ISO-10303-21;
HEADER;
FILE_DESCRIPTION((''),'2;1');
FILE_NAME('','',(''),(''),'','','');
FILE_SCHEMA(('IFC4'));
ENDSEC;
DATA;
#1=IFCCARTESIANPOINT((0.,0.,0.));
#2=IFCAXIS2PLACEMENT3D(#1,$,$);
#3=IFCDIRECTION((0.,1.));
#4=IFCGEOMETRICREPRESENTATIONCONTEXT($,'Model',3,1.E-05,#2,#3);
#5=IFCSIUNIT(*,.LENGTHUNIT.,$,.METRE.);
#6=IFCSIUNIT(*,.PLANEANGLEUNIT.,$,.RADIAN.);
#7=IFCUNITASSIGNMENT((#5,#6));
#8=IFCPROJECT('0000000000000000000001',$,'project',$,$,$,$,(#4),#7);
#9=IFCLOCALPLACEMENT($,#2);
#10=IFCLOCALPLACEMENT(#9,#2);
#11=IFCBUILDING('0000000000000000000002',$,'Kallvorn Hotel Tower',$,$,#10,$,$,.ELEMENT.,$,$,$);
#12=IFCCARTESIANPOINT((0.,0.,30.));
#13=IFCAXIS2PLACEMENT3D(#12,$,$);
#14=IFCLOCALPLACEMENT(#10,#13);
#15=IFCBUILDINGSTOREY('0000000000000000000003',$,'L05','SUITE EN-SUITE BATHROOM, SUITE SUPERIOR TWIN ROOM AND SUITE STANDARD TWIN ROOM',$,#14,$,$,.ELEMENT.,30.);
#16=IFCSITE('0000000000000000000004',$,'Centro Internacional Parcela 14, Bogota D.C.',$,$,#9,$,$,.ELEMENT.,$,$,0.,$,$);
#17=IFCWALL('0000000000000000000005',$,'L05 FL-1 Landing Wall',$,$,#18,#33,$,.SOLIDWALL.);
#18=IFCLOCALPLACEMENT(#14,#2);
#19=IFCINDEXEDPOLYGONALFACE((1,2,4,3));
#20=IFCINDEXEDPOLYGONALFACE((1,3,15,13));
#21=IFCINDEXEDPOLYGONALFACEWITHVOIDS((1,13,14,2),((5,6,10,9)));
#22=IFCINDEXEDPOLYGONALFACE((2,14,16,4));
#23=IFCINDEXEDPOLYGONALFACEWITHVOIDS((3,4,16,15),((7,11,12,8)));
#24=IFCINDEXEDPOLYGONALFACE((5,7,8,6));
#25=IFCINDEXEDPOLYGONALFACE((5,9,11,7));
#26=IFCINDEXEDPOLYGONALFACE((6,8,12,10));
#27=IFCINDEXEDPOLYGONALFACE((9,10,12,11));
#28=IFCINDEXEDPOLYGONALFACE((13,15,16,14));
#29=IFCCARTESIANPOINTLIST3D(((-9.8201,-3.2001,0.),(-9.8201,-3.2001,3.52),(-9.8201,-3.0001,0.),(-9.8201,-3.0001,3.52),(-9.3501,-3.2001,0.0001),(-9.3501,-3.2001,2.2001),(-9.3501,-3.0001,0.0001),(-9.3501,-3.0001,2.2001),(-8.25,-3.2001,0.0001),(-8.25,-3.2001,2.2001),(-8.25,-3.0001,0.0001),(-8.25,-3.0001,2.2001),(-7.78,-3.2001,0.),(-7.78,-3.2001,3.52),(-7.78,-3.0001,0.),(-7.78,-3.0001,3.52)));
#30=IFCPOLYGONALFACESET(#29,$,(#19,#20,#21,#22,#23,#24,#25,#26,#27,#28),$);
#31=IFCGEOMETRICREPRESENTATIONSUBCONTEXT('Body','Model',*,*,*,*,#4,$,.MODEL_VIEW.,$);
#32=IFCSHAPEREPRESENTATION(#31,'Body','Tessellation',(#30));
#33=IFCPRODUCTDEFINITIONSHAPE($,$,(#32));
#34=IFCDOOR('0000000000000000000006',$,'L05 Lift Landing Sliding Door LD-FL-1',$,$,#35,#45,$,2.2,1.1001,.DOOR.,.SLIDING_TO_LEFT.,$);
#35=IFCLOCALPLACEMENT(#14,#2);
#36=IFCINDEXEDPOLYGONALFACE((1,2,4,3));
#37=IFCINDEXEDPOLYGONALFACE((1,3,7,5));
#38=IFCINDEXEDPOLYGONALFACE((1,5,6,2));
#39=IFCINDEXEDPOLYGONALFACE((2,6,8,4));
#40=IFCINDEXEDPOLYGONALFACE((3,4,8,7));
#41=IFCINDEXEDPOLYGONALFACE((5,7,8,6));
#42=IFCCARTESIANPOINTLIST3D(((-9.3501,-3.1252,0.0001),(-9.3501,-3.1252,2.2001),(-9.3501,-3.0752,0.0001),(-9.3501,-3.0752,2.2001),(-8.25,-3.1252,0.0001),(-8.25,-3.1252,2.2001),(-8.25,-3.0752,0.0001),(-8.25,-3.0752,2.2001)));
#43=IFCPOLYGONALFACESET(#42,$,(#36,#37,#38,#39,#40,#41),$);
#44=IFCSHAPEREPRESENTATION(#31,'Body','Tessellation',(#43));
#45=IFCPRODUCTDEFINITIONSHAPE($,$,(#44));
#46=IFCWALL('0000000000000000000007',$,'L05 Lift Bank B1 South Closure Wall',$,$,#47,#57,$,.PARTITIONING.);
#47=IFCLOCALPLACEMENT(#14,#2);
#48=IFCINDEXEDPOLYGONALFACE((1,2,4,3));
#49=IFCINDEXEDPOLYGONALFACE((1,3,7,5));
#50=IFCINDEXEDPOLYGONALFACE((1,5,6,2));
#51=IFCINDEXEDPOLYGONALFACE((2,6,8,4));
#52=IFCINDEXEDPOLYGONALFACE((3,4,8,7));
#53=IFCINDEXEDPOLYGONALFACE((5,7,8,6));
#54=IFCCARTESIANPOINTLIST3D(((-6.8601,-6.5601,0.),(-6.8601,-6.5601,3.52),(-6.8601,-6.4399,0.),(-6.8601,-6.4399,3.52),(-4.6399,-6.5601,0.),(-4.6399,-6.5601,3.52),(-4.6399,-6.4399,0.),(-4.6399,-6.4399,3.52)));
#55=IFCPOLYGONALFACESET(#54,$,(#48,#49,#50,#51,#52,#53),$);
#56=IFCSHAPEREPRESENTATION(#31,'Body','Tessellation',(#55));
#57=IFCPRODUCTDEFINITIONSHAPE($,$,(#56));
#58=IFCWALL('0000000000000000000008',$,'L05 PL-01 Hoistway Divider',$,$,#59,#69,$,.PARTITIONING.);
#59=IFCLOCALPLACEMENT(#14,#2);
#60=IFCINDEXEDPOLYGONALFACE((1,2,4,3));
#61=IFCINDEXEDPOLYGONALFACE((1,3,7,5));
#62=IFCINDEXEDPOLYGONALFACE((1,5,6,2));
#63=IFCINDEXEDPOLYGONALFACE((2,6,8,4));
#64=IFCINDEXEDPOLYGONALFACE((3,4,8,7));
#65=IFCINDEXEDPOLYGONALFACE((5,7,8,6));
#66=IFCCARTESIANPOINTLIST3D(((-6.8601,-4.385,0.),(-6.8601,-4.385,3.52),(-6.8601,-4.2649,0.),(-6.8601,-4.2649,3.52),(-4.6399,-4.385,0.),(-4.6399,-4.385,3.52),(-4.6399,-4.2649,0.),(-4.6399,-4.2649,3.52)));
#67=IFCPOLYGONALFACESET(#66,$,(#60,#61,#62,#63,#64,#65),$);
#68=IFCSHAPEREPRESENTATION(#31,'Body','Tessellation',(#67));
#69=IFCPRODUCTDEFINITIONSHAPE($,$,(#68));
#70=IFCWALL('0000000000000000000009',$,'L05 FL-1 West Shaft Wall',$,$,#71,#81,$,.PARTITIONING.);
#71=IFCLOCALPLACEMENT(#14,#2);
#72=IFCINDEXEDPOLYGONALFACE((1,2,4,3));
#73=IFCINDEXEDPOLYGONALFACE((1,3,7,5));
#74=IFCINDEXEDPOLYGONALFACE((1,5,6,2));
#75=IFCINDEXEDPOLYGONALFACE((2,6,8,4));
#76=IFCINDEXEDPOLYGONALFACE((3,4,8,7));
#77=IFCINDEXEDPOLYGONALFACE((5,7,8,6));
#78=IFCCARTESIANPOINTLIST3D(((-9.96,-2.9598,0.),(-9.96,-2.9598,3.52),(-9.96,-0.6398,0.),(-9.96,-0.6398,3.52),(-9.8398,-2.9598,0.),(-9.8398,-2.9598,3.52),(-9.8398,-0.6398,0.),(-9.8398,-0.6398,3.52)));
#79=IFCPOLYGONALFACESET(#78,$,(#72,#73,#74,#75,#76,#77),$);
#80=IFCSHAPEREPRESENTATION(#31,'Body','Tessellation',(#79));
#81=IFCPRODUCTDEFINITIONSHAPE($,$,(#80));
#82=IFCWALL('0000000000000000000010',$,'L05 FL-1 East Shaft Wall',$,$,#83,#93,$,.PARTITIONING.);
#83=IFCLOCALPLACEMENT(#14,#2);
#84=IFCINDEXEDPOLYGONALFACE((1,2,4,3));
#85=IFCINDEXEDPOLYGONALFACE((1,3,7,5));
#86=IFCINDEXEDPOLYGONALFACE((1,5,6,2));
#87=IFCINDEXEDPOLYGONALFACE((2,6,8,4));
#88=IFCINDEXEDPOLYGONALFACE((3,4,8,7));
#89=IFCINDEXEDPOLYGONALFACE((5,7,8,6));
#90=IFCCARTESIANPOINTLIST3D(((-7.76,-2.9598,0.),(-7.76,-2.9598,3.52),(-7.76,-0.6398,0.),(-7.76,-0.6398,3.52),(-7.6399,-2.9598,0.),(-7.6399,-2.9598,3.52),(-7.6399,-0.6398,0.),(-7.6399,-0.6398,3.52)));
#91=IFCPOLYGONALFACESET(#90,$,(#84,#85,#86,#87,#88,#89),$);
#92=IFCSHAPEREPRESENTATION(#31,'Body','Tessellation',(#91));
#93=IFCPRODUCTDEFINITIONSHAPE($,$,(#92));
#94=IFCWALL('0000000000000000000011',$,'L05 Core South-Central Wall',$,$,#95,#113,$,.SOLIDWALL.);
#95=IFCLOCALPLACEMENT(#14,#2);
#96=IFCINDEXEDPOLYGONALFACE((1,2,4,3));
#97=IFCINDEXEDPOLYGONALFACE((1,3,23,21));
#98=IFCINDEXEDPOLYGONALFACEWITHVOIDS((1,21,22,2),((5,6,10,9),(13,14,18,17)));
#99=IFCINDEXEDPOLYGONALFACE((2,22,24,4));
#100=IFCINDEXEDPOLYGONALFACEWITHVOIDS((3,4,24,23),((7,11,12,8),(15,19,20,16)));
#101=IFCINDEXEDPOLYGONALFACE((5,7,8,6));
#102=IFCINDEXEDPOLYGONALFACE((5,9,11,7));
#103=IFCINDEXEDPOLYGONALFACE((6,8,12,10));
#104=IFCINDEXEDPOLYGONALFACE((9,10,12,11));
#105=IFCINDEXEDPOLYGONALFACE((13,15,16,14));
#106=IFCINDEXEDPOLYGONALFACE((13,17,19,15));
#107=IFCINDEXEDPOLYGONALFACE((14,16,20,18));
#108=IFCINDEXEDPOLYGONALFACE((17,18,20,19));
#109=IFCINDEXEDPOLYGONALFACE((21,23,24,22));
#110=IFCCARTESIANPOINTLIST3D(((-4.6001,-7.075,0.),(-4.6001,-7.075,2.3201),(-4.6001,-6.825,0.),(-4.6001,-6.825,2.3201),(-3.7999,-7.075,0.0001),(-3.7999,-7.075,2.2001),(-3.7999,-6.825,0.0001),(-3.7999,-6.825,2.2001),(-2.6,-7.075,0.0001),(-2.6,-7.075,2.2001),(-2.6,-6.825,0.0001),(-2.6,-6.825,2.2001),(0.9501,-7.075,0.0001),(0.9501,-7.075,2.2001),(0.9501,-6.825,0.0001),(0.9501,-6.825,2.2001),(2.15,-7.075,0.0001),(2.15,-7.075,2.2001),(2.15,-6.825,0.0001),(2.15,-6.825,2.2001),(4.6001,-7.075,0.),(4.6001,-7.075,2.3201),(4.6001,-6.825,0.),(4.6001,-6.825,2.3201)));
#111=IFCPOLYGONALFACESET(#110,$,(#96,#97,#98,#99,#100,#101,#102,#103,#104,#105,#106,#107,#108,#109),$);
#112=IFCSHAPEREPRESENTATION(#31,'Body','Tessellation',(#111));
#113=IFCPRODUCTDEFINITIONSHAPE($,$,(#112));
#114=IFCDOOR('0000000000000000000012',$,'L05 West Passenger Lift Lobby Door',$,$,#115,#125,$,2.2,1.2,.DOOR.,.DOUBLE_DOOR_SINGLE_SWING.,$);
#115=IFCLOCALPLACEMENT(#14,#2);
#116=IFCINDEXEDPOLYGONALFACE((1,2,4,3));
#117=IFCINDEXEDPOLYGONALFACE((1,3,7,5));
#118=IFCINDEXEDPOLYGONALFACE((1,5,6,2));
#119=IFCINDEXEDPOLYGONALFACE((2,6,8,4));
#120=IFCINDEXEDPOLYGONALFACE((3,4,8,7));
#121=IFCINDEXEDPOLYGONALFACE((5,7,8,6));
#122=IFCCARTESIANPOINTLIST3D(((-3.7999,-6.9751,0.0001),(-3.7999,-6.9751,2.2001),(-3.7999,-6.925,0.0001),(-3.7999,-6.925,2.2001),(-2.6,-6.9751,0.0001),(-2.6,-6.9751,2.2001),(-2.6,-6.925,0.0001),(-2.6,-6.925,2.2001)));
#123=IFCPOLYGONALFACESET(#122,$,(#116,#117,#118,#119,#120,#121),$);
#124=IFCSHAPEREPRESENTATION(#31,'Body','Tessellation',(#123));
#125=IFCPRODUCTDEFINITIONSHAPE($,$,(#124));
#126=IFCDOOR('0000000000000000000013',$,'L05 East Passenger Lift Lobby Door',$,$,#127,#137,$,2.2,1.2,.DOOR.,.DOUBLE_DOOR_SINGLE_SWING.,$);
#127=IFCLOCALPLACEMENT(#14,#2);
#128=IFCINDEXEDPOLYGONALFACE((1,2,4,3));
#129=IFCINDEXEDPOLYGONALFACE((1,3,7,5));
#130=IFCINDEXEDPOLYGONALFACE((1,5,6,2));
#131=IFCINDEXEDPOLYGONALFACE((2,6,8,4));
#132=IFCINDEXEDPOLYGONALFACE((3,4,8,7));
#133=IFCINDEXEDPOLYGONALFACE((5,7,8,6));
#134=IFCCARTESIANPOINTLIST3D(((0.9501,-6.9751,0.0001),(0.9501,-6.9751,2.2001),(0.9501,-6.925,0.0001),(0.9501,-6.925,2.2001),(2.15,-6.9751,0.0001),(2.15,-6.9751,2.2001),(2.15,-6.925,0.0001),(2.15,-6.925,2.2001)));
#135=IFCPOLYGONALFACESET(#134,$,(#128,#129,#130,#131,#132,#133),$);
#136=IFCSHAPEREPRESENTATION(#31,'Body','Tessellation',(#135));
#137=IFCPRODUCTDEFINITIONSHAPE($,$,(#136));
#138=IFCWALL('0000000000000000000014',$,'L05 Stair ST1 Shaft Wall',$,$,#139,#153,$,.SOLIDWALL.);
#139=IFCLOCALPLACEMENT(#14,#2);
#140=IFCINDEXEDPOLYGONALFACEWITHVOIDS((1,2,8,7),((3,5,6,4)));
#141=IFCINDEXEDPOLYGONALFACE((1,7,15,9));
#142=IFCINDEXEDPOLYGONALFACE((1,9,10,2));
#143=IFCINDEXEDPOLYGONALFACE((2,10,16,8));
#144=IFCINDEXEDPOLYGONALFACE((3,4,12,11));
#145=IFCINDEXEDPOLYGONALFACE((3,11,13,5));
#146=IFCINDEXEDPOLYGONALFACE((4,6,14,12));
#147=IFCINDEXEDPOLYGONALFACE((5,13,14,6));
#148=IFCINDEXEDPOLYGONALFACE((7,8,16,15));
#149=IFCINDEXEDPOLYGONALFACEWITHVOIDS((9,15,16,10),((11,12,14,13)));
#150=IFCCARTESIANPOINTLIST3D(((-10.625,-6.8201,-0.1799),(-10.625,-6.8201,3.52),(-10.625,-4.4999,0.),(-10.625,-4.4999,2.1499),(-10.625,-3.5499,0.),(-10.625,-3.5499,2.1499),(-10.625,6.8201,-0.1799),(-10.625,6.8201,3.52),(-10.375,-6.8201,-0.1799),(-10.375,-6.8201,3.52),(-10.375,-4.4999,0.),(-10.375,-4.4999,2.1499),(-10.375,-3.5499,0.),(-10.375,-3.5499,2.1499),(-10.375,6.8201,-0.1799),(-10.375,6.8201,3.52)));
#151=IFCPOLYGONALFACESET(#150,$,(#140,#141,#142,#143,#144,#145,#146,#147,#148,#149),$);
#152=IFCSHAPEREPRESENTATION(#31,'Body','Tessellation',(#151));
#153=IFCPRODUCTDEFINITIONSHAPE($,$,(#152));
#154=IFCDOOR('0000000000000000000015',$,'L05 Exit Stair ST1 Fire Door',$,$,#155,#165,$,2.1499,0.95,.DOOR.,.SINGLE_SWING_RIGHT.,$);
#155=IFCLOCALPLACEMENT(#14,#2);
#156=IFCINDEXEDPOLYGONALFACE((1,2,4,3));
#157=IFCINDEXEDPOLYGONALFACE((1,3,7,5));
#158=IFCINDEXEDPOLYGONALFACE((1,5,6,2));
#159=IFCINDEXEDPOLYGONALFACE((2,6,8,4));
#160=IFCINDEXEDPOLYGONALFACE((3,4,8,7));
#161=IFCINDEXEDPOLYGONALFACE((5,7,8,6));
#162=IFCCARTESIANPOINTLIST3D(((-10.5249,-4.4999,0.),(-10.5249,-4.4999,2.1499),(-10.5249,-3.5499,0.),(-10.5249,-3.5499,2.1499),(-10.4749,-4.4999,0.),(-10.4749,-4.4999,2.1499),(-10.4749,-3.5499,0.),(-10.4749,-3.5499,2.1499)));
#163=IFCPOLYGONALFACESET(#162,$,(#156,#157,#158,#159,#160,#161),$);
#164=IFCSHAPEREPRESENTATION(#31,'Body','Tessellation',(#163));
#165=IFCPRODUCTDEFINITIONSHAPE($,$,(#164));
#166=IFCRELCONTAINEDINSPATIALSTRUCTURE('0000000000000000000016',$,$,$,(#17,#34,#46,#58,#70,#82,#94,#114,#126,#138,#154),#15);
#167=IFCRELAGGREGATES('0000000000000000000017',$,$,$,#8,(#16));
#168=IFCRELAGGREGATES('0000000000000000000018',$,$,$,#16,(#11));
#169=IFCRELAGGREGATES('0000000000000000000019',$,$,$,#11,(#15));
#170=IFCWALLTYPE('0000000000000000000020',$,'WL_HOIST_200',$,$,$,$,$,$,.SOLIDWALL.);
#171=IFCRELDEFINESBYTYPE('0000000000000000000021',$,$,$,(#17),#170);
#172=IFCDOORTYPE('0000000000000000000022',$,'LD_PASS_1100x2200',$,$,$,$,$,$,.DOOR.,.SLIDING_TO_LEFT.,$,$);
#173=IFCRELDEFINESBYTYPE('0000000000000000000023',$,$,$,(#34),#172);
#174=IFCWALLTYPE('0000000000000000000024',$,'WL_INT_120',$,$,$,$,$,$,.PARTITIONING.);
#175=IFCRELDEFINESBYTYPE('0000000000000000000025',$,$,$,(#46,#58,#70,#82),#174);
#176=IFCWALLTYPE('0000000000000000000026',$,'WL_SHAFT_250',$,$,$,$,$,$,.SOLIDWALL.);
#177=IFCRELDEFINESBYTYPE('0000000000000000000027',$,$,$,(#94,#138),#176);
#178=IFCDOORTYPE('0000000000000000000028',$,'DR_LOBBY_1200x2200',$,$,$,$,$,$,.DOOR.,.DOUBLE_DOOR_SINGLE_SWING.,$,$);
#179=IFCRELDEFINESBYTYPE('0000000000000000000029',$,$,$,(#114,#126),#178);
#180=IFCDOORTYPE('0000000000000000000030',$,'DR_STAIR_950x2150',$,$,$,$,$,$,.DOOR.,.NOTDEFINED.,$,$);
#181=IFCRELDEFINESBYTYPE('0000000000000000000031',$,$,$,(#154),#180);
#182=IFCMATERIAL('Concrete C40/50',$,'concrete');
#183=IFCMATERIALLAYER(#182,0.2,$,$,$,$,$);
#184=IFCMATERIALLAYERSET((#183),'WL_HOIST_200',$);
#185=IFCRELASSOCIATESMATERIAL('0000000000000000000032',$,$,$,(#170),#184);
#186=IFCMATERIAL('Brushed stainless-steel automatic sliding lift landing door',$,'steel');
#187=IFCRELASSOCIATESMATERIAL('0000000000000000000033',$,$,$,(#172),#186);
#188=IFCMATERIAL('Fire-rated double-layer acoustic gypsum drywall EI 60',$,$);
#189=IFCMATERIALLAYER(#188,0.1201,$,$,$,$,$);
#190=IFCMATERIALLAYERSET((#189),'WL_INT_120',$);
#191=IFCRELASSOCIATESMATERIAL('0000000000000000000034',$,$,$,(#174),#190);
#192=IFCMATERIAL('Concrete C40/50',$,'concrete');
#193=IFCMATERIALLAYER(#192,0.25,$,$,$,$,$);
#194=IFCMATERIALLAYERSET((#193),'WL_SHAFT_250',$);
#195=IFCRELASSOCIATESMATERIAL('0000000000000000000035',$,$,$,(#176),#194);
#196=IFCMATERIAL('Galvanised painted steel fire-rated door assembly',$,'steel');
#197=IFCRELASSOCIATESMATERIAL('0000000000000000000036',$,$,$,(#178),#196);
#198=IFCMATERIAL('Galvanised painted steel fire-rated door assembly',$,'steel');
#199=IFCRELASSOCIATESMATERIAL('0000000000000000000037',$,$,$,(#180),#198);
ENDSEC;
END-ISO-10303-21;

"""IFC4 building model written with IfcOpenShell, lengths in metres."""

from ifc_helpers import new_model, si_unit, direction, frame, frame_2d, origin, place, context, subcontext, project, spatial, rectangle, extrude, material, layer, layer_set, type_object, element, fill, save


model = new_model("IFC4")

# Units and contexts
model_context = context("Model", 3, precision=1e-05, world=origin(), true_north=direction((0.0, 1.0)))
body_context = subcontext(model_context, "Body", "Model", "MODEL_VIEW")
ifc_project = project(units=[si_unit("LENGTHUNIT", "METRE"), si_unit("PLANEANGLEUNIT", "RADIAN")], contexts=[model_context])

# Site, building, storey
site_placement = place(None, origin())
site = spatial("IfcSite", under=ifc_project, at=site_placement, Name="Centro Internacional Parcela 14, Bogota D.C.", CompositionType="ELEMENT", RefElevation=0.0)
building_placement = place(site_placement, origin())
building = spatial("IfcBuilding", under=site, at=building_placement, Name="Kallvorn Hotel Tower", CompositionType="ELEMENT")
storey_placement = place(building_placement, frame((0.0, 0.0, 30.0)))
storey = spatial("IfcBuildingStorey", under=building, at=storey_placement, Name="L05", Description="SUITE EN-SUITE BATHROOM, SUITE SUPERIOR TWIN ROOM AND SUITE STANDARD TWIN ROOM", CompositionType="ELEMENT", Elevation=30.0)

# Shared definitions
ifc_material_1 = material(Name="Concrete C40/50", Category="concrete")
ifc_layer_1 = layer(ifc_material_1, 0.2)
ifc_layer_set_1 = layer_set([ifc_layer_1], Name="WL_HOIST_200")
wall_type_1 = type_object("IfcWallType", Name="WL_HOIST_200", PredefinedType="SOLIDWALL", material=ifc_layer_set_1)
ifc_material_2 = material(Name="Brushed stainless-steel automatic sliding lift landing door", Category="steel")
door_type_1 = type_object("IfcDoorType", Name="LD_PASS_1100x2200", OperationType="SLIDING_TO_LEFT", PredefinedType="DOOR", material=ifc_material_2)

# Wall, opening, door
wall_1_placement = place(storey_placement, frame((-9.8201, -3.1001, 0.0), z_axis=(0.0, 0.0, 1.0), x_axis=(1.0, 0.0, 0.0)))
wall_1 = element("IfcWall", 1, at=wall_1_placement, inside=storey, type_object=wall_type_1, Name="L05 FL-1 Landing Wall", PredefinedType="SOLIDWALL", context=body_context, shape_type="SweptSolid", body=[
    extrude(rectangle(XDim=2.04, YDim=0.2, at=frame_2d((1.02, 0.0))), origin(), (0.0, 0.0, 1.0), 3.52),
])
opening_1_placement = place(wall_1_placement, frame((0.47, 0.0, 0.0)))
opening_1 = element("IfcOpeningElement", 2, at=opening_1_placement, cuts=wall_1, PredefinedType="OPENING", context=body_context, shape_type="SweptSolid", body=[
    extrude(rectangle(XDim=1.1001, YDim=2.2, at=frame_2d((0.55, 1.1001))), frame((0.0, 0.115, 0.0), z_axis=(0.0, -1.0, 0.0), x_axis=(1.0, 0.0, 0.0)), (0.0, 0.0, 1.0), 0.23),
])
door_1_placement = place(opening_1_placement, origin())
door_1 = element("IfcDoor", 3, at=door_1_placement, inside=storey, type_object=door_type_1, Name="L05 Lift Landing Sliding Door LD-FL-1", OperationType="SLIDING_TO_LEFT", OverallHeight=2.2, OverallWidth=1.1001, PredefinedType="DOOR", context=body_context, shape_type="SweptSolid", body=[
    extrude(rectangle(XDim=1.1001, YDim=2.2, at=frame_2d((0.55, 1.1001))), frame((0.0, 0.0249, 0.0), z_axis=(0.0, -1.0, 0.0), x_axis=(1.0, 0.0, 0.0)), (0.0, 0.0, 1.0), 0.05),
])
fill(opening_1, door_1)

# Walls
ifc_material_3 = material(Name="Fire-rated double-layer acoustic gypsum drywall EI 60")
ifc_layer_2 = layer(ifc_material_3, 0.1201)
ifc_layer_set_2 = layer_set([ifc_layer_2], Name="WL_INT_120")
wall_type_2 = type_object("IfcWallType", Name="WL_INT_120", PredefinedType="PARTITIONING", material=ifc_layer_set_2)
for number, where, z_axis, x_axis, name in (
    (4, (-6.8601, -6.5, 0.0), (0.0, 0.0, 1.0), (1.0, 0.0, 0.0), "L05 Lift Bank B1 South Closure Wall"),
    (5, (-6.8601, -4.325, 0.0), (0.0, 0.0, 1.0), (1.0, 0.0, 0.0), "L05 PL-01 Hoistway Divider"),
):
    element("IfcWall", number, at=place(storey_placement, frame(where, z_axis=z_axis, x_axis=x_axis)), inside=storey, type_object=wall_type_2, Name=name, PredefinedType="PARTITIONING", context=body_context, shape_type="SweptSolid", body=[
        extrude(rectangle(XDim=2.2202, YDim=0.1201, at=frame_2d((1.1101, 0.0))), origin(), (0.0, 0.0, 1.0), 3.52),
    ])
for number, where, z_axis, x_axis, name in (
    (6, (-9.8999, -2.96, 0.0), (0.0, 0.0, 1.0), (0.0, 1.0, 0.0), "L05 FL-1 West Shaft Wall"),
    (7, (-7.7, -2.96, 0.0), (0.0, 0.0, 1.0), (0.0, 1.0, 0.0), "L05 FL-1 East Shaft Wall"),
):
    element("IfcWall", number, at=place(storey_placement, frame(where, z_axis=z_axis, x_axis=x_axis)), inside=storey, type_object=wall_type_2, Name=name, PredefinedType="PARTITIONING", context=body_context, shape_type="SweptSolid", body=[
        extrude(rectangle(XDim=2.3201, YDim=0.1201, at=frame_2d((1.1602, 0.0))), origin(), (0.0, 0.0, 1.0), 3.52),
    ])

# Wall, openings, doors
ifc_material_4 = material(Name="Concrete C40/50", Category="concrete")
ifc_layer_3 = layer(ifc_material_4, 0.25)
ifc_layer_set_3 = layer_set([ifc_layer_3], Name="WL_SHAFT_250")
wall_type_3 = type_object("IfcWallType", Name="WL_SHAFT_250", PredefinedType="SOLIDWALL", material=ifc_layer_set_3)
wall_2_placement = place(storey_placement, frame((-4.6001, -6.95, 0.0), z_axis=(0.0, 0.0, 1.0), x_axis=(1.0, 0.0, 0.0)))
wall_2 = element("IfcWall", 8, at=wall_2_placement, inside=storey, type_object=wall_type_3, Name="L05 Core South-Central Wall", PredefinedType="SOLIDWALL", context=body_context, shape_type="SweptSolid", body=[
    extrude(rectangle(XDim=9.2002, YDim=0.25, at=frame_2d((4.6001, 0.0))), origin(), (0.0, 0.0, 1.0), 2.3201),
])
opening_2_placement = place(wall_2_placement, frame((0.8, 0.0, 0.0)))
opening_2 = element("IfcOpeningElement", 9, at=opening_2_placement, cuts=wall_2, PredefinedType="OPENING", context=body_context, shape_type="SweptSolid", body=[
    extrude(rectangle(XDim=1.2, YDim=2.2, at=frame_2d((0.6001, 1.1001))), frame((0.0, 0.1399, 0.0), z_axis=(0.0, -1.0, 0.0), x_axis=(1.0, 0.0, 0.0)), (0.0, 0.0, 1.0), 0.28),
])
opening_3_placement = place(wall_2_placement, frame((5.55, 0.0, 0.0)))
opening_3 = element("IfcOpeningElement", 10, at=opening_3_placement, cuts=wall_2, PredefinedType="OPENING", context=body_context, shape_type="SweptSolid", body=[
    extrude(rectangle(XDim=1.2, YDim=2.2, at=frame_2d((0.6001, 1.1001))), frame((0.0, 0.1399, 0.0), z_axis=(0.0, -1.0, 0.0), x_axis=(1.0, 0.0, 0.0)), (0.0, 0.0, 1.0), 0.28),
])
ifc_material_5 = material(Name="Galvanised painted steel fire-rated door assembly", Category="steel")
door_type_2 = type_object("IfcDoorType", Name="DR_LOBBY_1200x2200", OperationType="DOUBLE_DOOR_SINGLE_SWING", PredefinedType="DOOR", material=ifc_material_5)
door_2_placement = place(opening_2_placement, origin())
door_2 = element("IfcDoor", 11, at=door_2_placement, inside=storey, type_object=door_type_2, Name="L05 West Passenger Lift Lobby Door", OperationType="DOUBLE_DOOR_SINGLE_SWING", OverallHeight=2.2, OverallWidth=1.2, PredefinedType="DOOR", context=body_context, shape_type="SweptSolid", body=[
    extrude(rectangle(XDim=1.2, YDim=2.2, at=frame_2d((0.6001, 1.1001))), frame((0.0, 0.0249, 0.0), z_axis=(0.0, -1.0, 0.0), x_axis=(1.0, 0.0, 0.0)), (0.0, 0.0, 1.0), 0.05),
])
fill(opening_2, door_2)
door_3_placement = place(opening_3_placement, origin())
door_3 = element("IfcDoor", 12, at=door_3_placement, inside=storey, type_object=door_type_2, Name="L05 East Passenger Lift Lobby Door", OperationType="DOUBLE_DOOR_SINGLE_SWING", OverallHeight=2.2, OverallWidth=1.2, PredefinedType="DOOR", context=body_context, shape_type="SweptSolid", body=[
    extrude(rectangle(XDim=1.2, YDim=2.2, at=frame_2d((0.6001, 1.1001))), frame((0.0, 0.0249, 0.0), z_axis=(0.0, -1.0, 0.0), x_axis=(1.0, 0.0, 0.0)), (0.0, 0.0, 1.0), 0.05),
])
fill(opening_3, door_3)

# Wall, opening, door
wall_3_placement = place(storey_placement, frame((-10.5, -6.8201, -0.1799), z_axis=(0.0, 0.0, 1.0), x_axis=(0.0, 1.0, 0.0)))
wall_3 = element("IfcWall", 13, at=wall_3_placement, inside=storey, type_object=wall_type_3, Name="L05 Stair ST1 Shaft Wall", PredefinedType="SOLIDWALL", context=body_context, shape_type="SweptSolid", body=[
    extrude(rectangle(XDim=13.6401, YDim=0.25, at=frame_2d((6.8201, 0.0))), origin(), (0.0, 0.0, 1.0), 3.7),
])
opening_4_placement = place(wall_3_placement, frame((2.3201, 0.0, 0.1799)))
opening_4 = element("IfcOpeningElement", 14, at=opening_4_placement, cuts=wall_3, PredefinedType="OPENING", context=body_context, shape_type="SweptSolid", body=[
    extrude(rectangle(XDim=0.95, YDim=2.1499, at=frame_2d((0.4751, 1.075))), frame((0.0, 0.1399, 0.0), z_axis=(0.0, -1.0, 0.0), x_axis=(1.0, 0.0, 0.0)), (0.0, 0.0, 1.0), 0.28),
])
ifc_material_6 = material(Name="Galvanised painted steel fire-rated door assembly", Category="steel")
door_type_3 = type_object("IfcDoorType", Name="DR_STAIR_950x2150", OperationType="NOTDEFINED", PredefinedType="DOOR", material=ifc_material_6)
door_4_placement = place(opening_4_placement, origin())
door_4 = element("IfcDoor", 15, at=door_4_placement, inside=storey, type_object=door_type_3, Name="L05 Exit Stair ST1 Fire Door", OperationType="SINGLE_SWING_RIGHT", OverallHeight=2.1499, OverallWidth=0.95, PredefinedType="DOOR", context=body_context, shape_type="SweptSolid", body=[
    extrude(rectangle(XDim=0.95, YDim=2.1499, at=frame_2d((0.4751, 1.075))), frame((0.0, 0.0249, 0.0), z_axis=(0.0, -1.0, 0.0), x_axis=(1.0, 0.0, 0.0)), (0.0, 0.0, 1.0), 0.05),
])
fill(opening_4, door_4)

save(model, "model.ifc")
